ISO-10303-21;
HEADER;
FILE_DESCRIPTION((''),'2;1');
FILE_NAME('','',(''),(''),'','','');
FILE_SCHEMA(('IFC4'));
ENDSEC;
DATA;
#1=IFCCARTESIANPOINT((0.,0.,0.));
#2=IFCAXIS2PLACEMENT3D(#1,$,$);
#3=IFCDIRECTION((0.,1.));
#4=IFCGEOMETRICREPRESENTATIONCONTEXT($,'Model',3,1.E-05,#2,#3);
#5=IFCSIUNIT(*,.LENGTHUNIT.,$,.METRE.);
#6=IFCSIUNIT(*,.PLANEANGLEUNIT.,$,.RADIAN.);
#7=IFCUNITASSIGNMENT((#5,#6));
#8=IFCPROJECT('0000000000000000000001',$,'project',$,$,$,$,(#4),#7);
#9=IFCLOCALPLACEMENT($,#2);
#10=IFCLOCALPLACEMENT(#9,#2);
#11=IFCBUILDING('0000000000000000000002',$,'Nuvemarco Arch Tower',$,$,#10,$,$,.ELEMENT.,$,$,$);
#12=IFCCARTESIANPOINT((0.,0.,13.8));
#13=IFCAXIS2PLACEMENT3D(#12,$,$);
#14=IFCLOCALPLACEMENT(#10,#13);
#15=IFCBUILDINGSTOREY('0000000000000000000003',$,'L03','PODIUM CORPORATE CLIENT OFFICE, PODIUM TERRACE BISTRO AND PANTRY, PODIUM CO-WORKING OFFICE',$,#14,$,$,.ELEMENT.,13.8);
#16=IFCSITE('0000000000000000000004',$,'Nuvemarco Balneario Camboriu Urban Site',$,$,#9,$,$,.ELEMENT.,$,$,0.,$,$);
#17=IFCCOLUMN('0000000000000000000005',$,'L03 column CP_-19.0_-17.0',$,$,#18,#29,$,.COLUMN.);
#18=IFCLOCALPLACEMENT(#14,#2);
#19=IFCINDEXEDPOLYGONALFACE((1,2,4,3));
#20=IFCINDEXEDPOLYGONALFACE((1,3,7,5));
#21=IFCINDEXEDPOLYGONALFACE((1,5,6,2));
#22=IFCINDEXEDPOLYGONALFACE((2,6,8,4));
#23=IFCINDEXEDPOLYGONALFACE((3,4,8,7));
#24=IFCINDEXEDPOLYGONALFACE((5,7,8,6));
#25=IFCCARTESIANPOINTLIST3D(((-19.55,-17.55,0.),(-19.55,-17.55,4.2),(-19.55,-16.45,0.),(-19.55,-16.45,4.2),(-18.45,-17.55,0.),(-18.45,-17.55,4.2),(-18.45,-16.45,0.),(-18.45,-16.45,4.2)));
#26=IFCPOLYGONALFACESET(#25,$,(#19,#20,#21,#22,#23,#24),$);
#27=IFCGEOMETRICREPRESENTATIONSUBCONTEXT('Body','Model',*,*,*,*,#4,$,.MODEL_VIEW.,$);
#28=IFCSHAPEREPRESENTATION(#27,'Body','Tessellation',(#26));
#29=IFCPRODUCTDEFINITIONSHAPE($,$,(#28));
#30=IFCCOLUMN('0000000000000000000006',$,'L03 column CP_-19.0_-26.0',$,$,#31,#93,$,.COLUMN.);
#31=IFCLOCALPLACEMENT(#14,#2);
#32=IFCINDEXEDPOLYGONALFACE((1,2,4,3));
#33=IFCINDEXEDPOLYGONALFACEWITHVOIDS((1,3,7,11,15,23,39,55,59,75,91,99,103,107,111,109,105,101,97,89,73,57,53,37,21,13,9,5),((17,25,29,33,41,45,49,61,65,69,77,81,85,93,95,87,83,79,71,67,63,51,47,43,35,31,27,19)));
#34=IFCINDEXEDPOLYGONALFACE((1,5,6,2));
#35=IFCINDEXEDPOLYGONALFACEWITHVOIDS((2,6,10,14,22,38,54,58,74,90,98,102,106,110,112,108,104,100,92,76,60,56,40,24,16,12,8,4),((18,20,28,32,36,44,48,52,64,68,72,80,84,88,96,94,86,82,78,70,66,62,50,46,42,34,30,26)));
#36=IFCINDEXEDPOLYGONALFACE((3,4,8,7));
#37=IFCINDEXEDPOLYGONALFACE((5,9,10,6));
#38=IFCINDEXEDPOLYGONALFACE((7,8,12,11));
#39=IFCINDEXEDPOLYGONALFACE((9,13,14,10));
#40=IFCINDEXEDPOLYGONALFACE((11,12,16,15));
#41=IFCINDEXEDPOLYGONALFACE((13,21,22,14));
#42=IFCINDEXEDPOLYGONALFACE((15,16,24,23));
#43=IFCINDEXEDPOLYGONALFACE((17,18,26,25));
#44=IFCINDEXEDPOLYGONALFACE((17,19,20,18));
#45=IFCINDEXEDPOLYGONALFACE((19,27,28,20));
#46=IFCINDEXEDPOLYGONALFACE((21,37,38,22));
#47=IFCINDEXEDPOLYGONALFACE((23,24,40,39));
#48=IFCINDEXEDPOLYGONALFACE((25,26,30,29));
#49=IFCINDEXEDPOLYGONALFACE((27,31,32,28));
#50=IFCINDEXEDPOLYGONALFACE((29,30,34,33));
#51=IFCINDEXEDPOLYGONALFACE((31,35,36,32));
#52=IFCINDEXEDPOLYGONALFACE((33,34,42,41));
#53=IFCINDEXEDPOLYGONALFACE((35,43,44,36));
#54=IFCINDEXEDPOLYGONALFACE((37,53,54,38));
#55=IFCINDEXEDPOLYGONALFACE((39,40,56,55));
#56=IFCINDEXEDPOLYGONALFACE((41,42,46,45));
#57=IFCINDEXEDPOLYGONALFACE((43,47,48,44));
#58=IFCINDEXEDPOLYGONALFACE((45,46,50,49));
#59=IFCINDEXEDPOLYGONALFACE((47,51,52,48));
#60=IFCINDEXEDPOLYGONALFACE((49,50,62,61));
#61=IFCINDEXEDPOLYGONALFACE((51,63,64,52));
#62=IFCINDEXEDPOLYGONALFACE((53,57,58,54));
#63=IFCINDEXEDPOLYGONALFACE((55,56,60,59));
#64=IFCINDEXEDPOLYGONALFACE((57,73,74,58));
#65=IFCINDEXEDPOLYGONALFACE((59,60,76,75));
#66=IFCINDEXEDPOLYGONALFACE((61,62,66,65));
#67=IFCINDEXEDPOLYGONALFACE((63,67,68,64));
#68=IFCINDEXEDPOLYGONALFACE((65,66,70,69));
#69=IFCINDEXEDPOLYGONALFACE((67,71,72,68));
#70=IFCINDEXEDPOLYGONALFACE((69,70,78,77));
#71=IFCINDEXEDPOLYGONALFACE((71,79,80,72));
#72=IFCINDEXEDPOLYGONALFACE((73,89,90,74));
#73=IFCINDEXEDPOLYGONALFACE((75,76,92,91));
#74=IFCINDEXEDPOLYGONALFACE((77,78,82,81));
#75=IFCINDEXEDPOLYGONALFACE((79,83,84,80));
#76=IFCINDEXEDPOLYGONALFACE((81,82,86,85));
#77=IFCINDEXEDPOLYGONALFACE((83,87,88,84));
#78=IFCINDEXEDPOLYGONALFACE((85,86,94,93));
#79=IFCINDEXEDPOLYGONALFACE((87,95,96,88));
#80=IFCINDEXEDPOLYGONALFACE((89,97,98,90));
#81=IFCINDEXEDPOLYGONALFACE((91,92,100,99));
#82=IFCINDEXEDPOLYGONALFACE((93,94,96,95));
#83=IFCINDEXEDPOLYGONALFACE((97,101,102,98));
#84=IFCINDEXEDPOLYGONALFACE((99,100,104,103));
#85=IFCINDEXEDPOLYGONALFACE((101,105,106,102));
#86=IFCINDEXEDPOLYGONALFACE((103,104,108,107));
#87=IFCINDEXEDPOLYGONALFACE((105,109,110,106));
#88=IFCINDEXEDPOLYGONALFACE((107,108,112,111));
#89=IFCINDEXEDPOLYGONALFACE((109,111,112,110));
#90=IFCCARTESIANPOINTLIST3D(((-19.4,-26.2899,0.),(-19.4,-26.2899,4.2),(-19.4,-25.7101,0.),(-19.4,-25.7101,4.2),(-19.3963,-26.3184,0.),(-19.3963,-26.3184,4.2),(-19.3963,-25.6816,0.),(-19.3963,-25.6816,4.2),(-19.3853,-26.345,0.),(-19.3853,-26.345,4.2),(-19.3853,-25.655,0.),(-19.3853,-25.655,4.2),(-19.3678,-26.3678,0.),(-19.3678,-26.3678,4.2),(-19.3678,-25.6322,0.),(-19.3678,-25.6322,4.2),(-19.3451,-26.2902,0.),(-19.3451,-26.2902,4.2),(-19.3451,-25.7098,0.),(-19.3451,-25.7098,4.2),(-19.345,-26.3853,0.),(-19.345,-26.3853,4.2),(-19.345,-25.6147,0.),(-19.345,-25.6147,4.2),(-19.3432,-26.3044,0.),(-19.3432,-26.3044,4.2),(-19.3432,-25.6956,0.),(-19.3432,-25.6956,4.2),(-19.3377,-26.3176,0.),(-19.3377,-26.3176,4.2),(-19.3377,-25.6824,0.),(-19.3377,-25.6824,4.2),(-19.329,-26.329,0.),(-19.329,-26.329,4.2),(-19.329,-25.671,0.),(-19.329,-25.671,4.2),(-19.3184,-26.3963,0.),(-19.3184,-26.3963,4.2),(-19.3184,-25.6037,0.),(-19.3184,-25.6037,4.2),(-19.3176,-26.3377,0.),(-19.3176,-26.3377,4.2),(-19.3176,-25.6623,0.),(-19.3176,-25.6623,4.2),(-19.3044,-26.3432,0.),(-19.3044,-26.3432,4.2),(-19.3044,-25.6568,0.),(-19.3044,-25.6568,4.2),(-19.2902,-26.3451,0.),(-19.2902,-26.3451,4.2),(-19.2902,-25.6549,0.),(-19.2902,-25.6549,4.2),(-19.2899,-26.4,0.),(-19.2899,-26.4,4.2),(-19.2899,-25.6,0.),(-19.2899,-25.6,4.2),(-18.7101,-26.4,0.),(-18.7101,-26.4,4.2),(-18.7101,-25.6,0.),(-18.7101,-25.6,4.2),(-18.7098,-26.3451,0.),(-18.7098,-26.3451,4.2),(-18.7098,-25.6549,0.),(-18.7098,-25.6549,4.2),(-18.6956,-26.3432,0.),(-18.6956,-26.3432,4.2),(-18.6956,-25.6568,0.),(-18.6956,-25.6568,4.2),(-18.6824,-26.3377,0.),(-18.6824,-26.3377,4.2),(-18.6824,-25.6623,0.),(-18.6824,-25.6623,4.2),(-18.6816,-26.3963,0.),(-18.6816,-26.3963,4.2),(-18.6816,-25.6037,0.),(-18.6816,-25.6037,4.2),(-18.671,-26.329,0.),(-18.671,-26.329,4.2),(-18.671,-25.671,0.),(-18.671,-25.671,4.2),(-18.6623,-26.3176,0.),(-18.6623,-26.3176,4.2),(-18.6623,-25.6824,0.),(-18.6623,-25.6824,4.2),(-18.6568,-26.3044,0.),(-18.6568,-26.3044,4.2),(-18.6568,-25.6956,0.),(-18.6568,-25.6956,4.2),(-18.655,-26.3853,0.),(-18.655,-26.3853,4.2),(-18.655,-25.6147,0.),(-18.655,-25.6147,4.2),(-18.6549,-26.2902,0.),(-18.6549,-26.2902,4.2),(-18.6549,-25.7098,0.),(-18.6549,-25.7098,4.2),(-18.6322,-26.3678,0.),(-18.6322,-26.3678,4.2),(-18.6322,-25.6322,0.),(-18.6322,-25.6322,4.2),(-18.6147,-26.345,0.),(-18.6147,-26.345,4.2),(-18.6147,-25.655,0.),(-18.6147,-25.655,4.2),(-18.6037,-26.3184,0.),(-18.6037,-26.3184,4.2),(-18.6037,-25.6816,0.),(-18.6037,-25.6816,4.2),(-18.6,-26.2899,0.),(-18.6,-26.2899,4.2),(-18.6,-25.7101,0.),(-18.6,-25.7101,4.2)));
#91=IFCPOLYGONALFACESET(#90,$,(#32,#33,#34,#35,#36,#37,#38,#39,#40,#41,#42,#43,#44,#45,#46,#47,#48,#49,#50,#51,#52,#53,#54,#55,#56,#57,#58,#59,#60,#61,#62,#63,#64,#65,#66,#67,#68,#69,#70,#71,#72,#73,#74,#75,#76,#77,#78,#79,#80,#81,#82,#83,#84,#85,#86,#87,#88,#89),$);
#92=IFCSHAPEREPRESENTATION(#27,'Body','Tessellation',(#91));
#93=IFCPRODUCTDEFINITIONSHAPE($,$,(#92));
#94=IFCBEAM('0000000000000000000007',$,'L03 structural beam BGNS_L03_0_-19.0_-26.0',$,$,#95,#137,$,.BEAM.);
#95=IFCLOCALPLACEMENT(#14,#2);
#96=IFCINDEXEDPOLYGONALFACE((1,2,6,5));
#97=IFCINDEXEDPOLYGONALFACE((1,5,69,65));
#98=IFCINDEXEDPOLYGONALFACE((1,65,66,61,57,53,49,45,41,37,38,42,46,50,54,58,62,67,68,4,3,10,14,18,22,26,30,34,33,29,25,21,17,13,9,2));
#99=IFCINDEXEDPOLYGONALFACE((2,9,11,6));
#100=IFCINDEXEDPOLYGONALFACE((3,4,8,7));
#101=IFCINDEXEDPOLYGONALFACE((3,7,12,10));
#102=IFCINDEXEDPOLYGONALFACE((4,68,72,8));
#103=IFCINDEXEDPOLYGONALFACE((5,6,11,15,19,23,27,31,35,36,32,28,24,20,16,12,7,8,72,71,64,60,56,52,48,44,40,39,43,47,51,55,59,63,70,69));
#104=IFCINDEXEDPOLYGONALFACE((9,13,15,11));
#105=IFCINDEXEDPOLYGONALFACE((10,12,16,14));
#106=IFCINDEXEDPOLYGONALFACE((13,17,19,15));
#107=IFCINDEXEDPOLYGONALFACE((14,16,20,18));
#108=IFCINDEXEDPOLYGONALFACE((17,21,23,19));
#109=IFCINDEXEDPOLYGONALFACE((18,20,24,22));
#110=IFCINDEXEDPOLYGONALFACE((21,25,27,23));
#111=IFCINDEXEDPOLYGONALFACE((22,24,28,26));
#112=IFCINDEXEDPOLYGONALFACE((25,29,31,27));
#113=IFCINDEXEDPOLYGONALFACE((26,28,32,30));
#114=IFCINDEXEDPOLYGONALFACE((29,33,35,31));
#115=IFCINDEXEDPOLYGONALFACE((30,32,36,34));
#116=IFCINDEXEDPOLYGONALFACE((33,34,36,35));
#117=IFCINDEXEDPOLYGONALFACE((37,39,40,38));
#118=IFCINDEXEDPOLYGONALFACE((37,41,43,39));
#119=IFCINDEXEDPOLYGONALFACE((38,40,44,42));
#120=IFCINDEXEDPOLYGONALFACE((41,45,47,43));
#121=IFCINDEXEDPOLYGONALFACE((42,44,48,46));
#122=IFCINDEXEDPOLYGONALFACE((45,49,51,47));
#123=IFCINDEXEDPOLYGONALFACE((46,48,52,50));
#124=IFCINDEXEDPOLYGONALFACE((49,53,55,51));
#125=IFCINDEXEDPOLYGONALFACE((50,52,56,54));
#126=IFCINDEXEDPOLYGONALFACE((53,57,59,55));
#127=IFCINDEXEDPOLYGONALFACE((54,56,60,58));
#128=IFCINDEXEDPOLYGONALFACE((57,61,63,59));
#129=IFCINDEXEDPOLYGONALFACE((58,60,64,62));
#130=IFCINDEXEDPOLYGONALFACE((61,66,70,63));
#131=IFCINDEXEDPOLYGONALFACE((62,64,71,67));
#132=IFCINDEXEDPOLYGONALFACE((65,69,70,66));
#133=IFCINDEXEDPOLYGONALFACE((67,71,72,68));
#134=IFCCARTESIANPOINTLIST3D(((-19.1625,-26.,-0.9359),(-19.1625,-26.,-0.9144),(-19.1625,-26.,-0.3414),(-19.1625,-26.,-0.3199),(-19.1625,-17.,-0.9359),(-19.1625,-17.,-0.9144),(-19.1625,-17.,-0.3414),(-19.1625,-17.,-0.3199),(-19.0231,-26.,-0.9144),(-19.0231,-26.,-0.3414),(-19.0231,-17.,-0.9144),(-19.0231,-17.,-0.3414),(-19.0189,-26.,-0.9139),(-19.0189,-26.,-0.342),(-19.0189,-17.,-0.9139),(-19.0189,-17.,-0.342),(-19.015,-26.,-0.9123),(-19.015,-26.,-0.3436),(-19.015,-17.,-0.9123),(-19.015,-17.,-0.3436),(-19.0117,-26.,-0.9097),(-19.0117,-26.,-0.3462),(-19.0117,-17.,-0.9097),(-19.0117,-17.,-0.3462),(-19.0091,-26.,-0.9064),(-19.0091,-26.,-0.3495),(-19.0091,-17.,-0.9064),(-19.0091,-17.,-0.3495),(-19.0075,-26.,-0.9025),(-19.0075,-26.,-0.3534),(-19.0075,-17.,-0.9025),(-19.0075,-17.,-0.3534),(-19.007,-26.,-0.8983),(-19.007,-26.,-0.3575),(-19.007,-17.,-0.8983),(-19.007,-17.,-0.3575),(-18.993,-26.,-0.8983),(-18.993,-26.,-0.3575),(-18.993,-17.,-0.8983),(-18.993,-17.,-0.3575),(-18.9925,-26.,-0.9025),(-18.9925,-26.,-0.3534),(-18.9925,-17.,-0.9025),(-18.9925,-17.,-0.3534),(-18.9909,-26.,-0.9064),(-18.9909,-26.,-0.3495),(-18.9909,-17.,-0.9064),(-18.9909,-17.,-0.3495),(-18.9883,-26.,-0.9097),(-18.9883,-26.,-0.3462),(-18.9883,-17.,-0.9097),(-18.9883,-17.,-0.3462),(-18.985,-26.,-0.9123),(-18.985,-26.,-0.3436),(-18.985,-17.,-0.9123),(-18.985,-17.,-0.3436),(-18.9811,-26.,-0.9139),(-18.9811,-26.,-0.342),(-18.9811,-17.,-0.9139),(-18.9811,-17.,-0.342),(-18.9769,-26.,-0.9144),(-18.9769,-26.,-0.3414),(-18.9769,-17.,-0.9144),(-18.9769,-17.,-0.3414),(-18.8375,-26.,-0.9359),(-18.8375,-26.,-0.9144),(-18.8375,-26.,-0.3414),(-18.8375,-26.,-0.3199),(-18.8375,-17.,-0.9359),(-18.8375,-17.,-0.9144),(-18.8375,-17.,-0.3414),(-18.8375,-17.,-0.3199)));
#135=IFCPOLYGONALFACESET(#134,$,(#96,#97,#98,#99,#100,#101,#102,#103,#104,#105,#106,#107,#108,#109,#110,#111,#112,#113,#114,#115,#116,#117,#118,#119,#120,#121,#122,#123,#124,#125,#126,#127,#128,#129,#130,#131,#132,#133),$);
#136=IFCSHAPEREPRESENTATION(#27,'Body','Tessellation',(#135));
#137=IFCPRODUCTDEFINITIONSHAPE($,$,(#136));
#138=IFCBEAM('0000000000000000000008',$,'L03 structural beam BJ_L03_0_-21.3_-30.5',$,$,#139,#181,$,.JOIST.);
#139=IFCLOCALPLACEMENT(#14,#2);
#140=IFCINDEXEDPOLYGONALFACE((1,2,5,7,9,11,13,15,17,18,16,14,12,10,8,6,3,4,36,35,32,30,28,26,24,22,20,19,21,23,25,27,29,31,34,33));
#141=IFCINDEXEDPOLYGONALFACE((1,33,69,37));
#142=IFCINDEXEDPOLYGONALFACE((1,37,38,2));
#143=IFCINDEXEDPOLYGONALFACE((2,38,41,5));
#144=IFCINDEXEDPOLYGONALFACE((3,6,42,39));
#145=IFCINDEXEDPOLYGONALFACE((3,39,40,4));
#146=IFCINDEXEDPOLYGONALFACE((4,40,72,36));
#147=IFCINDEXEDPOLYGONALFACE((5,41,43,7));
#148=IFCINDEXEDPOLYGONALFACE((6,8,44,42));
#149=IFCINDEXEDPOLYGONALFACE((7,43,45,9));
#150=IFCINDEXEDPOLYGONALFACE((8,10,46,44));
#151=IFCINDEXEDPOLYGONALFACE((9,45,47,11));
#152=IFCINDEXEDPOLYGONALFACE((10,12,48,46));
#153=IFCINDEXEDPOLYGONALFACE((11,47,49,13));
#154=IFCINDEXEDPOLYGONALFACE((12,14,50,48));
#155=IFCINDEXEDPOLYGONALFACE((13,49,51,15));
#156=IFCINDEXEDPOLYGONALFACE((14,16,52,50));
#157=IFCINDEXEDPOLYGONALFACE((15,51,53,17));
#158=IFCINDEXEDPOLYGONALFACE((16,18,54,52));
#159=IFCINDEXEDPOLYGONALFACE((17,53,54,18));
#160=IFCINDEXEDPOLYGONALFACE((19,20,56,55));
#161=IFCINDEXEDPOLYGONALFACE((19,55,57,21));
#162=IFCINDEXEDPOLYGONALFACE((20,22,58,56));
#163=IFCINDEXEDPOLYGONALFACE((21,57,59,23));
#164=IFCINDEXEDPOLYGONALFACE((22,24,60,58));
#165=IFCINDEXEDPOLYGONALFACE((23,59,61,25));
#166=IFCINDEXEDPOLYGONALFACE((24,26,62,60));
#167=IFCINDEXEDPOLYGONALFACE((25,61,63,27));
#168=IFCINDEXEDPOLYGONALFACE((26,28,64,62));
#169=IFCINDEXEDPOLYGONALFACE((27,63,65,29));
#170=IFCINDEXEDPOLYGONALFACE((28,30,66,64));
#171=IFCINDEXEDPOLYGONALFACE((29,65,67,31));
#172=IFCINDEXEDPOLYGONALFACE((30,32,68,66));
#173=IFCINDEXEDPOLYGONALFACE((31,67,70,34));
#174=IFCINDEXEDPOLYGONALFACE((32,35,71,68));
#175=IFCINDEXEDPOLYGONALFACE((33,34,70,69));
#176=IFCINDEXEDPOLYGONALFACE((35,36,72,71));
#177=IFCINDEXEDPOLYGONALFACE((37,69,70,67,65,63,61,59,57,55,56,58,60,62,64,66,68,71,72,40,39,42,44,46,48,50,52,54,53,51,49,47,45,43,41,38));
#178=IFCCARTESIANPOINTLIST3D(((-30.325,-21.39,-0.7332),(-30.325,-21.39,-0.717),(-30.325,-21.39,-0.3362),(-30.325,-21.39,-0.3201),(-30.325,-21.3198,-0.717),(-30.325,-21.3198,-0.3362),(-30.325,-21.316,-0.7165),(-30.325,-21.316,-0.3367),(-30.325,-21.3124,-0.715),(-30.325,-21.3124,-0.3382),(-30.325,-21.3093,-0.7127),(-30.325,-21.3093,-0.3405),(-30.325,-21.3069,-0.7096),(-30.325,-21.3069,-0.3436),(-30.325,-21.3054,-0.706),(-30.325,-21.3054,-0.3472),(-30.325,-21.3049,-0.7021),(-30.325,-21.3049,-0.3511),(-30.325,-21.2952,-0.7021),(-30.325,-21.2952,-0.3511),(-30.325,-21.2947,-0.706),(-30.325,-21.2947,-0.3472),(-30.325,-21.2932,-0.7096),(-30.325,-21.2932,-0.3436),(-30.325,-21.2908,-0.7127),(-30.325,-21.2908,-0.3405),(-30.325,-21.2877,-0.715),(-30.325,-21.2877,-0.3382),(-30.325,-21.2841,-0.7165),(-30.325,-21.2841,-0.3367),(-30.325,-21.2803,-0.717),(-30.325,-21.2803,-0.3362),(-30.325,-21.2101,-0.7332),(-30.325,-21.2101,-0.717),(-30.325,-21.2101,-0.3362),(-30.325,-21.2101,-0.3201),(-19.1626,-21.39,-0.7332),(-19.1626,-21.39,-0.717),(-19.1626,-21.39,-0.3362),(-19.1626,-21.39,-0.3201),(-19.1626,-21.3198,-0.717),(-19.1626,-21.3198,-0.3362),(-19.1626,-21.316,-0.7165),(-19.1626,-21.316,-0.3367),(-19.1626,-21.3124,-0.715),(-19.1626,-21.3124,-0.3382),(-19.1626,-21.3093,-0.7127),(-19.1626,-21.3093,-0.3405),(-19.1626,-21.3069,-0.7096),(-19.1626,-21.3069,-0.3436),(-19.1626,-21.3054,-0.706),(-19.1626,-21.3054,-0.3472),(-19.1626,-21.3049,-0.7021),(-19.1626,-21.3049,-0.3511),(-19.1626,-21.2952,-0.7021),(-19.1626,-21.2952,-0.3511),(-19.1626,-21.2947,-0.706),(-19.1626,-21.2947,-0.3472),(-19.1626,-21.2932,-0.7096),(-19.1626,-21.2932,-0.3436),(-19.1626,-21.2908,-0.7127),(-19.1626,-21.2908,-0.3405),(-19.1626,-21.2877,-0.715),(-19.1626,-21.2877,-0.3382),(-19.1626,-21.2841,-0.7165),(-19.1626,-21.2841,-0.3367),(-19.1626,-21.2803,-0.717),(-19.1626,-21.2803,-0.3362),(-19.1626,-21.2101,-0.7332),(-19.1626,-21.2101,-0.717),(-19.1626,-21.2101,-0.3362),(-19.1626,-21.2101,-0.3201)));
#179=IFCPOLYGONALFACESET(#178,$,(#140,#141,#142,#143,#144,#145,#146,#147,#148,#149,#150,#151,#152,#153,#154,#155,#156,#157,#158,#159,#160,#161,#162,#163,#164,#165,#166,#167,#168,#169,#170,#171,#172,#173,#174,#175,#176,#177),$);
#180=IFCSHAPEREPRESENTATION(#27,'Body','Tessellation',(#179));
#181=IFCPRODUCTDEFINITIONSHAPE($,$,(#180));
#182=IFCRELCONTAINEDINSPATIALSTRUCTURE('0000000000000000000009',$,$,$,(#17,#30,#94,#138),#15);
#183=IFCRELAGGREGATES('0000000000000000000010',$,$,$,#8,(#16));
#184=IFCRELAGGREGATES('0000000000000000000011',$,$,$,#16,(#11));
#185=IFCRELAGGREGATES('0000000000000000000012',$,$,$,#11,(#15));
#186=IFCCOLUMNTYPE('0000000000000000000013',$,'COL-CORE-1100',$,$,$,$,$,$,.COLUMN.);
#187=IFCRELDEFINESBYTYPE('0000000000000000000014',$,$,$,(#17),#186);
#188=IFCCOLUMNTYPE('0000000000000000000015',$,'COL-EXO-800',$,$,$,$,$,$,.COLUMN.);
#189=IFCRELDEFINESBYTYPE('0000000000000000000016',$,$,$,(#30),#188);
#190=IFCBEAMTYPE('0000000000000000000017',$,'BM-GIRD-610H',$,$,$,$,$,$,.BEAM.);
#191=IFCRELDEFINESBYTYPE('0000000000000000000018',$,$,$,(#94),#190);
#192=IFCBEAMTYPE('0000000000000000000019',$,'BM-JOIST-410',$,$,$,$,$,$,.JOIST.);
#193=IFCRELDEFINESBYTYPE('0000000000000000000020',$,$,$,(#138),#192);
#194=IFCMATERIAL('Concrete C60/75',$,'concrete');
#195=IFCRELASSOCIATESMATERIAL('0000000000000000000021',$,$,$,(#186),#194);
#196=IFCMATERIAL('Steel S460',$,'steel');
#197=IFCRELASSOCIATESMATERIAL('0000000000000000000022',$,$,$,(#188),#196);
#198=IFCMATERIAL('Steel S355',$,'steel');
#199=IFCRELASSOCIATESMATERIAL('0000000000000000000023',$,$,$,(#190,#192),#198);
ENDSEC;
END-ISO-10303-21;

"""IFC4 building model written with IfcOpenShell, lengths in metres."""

from ifc_helpers import new_model, si_unit, direction, frame, origin, origin_2d, place, context, subcontext, project, spatial, rectangle, hollow_rectangle, i_section, extrude, material, material_profile, profile_set, type_object, element, save


model = new_model("IFC4")

# Units and contexts
model_context = context("Model", 3, precision=1e-05, world=origin(), true_north=direction((0.0, 1.0)))
body_context = subcontext(model_context, "Body", "Model", "MODEL_VIEW")
ifc_project = project(units=[si_unit("LENGTHUNIT", "METRE"), si_unit("PLANEANGLEUNIT", "RADIAN")], contexts=[model_context])

# Site, building, storey
site_placement = place(None, origin())
site = spatial("IfcSite", under=ifc_project, at=site_placement, Name="Nuvemarco Balneario Camboriu Urban Site", CompositionType="ELEMENT", RefElevation=0.0)
building_placement = place(site_placement, origin())
building = spatial("IfcBuilding", under=site, at=building_placement, Name="Nuvemarco Arch Tower", CompositionType="ELEMENT")
storey_placement = place(building_placement, frame((0.0, 0.0, 13.8)))
storey = spatial("IfcBuildingStorey", under=building, at=storey_placement, Name="L03", Description="PODIUM CORPORATE CLIENT OFFICE, PODIUM TERRACE BISTRO AND PANTRY, PODIUM CO-WORKING OFFICE", CompositionType="ELEMENT", Elevation=13.8)

# Columns
ifc_material_1 = material(Name="Concrete C60/75", Category="concrete")
ifc_material_profile_1 = material_profile(ifc_material_1, rectangle(XDim=1.1001, YDim=1.1001, at=origin_2d()), Name="RC-COL-1100x1100")
ifc_profile_set_1 = profile_set([ifc_material_profile_1], Name="Concrete C60/75")
column_type_1 = type_object("IfcColumnType", Name="COL-CORE-1100", PredefinedType="COLUMN", material=ifc_profile_set_1)
column_1_placement = place(storey_placement, frame((-19.0, -17.0, 0.0), z_axis=(0.0, 0.0, 1.0), x_axis=(1.0, 0.0, 0.0)))
element("IfcColumn", 1, at=column_1_placement, inside=storey, type_object=column_type_1, Name="L03 column CP_-19.0_-17.0", PredefinedType="COLUMN", context=body_context, shape_type="SweptSolid", body=[
    extrude(rectangle(XDim=1.1001, YDim=1.1001, at=origin_2d()), origin(), (0.0, 0.0, 1.0), 4.2),
])
ifc_material_2 = material(Name="Steel S460", Category="steel")
ifc_material_profile_2 = material_profile(ifc_material_2, hollow_rectangle(XDim=0.8, YDim=0.8, WallThickness=0.0549, InnerFilletRadius=0.0549, OuterFilletRadius=0.1101, at=origin_2d()), Name="SHS800x800x55")
ifc_profile_set_2 = profile_set([ifc_material_profile_2], Name="Steel S460")
column_type_2 = type_object("IfcColumnType", Name="COL-EXO-800", PredefinedType="COLUMN", material=ifc_profile_set_2)
column_2_placement = place(storey_placement, frame((-19.0, -26.0, 0.0), z_axis=(0.0, 0.0, 1.0), x_axis=(1.0, 0.0, 0.0)))
element("IfcColumn", 2, at=column_2_placement, inside=storey, type_object=column_type_2, Name="L03 column CP_-19.0_-26.0", PredefinedType="COLUMN", context=body_context, shape_type="SweptSolid", body=[
    extrude(hollow_rectangle(XDim=0.8, YDim=0.8, WallThickness=0.0549, InnerFilletRadius=0.0549, OuterFilletRadius=0.1101, at=origin_2d()), origin(), (0.0, 0.0, 1.0), 4.2),
])

# Beams
ifc_material_3 = material(Name="Steel S355", Category="steel")
ifc_material_profile_3 = material_profile(ifc_material_3, i_section(OverallWidth=0.325, OverallDepth=0.616, WebThickness=0.0139, FlangeThickness=0.0215, FilletRadius=0.0161, at=origin_2d()), Name="W610x174")
ifc_profile_set_3 = profile_set([ifc_material_profile_3], Name="Steel S355")
beam_type_1 = type_object("IfcBeamType", Name="BM-GIRD-610H", PredefinedType="BEAM", material=ifc_profile_set_3)
beam_1_placement = place(storey_placement, frame((-19.0, -26.0, -0.6279), z_axis=(0.0, 1.0, 0.0), x_axis=(-1.0, 0.0, 0.0)))
element("IfcBeam", 3, at=beam_1_placement, inside=storey, type_object=beam_type_1, Name="L03 structural beam BGNS_L03_0_-19.0_-26.0", PredefinedType="BEAM", context=body_context, shape_type="SweptSolid", body=[
    extrude(i_section(OverallWidth=0.325, OverallDepth=0.616, WebThickness=0.0139, FlangeThickness=0.0215, FilletRadius=0.0161, at=origin_2d()), origin(), (0.0, 0.0, 1.0), 9.0),
])
ifc_material_profile_4 = material_profile(ifc_material_3, i_section(OverallWidth=0.1799, OverallDepth=0.4131, WebThickness=0.0098, FlangeThickness=0.0161, FilletRadius=0.0149, at=origin_2d()), Name="W410x75")
ifc_profile_set_4 = profile_set([ifc_material_profile_4], Name="Steel S355")
beam_type_2 = type_object("IfcBeamType", Name="BM-JOIST-410", PredefinedType="JOIST", material=ifc_profile_set_4)
beam_2_placement = place(storey_placement, frame((-30.325, -21.3, -0.5266), z_axis=(1.0, 0.0, 0.0), x_axis=(0.0, 1.0, 0.0)))
element("IfcBeam", 4, at=beam_2_placement, inside=storey, type_object=beam_type_2, Name="L03 structural beam BJ_L03_0_-21.3_-30.5", PredefinedType="JOIST", context=body_context, shape_type="SweptSolid", body=[
    extrude(i_section(OverallWidth=0.1799, OverallDepth=0.4131, WebThickness=0.0098, FlangeThickness=0.0161, FilletRadius=0.0149, at=origin_2d()), origin(), (0.0, 0.0, 1.0), 11.1624),
])

save(model, "model.ifc")
